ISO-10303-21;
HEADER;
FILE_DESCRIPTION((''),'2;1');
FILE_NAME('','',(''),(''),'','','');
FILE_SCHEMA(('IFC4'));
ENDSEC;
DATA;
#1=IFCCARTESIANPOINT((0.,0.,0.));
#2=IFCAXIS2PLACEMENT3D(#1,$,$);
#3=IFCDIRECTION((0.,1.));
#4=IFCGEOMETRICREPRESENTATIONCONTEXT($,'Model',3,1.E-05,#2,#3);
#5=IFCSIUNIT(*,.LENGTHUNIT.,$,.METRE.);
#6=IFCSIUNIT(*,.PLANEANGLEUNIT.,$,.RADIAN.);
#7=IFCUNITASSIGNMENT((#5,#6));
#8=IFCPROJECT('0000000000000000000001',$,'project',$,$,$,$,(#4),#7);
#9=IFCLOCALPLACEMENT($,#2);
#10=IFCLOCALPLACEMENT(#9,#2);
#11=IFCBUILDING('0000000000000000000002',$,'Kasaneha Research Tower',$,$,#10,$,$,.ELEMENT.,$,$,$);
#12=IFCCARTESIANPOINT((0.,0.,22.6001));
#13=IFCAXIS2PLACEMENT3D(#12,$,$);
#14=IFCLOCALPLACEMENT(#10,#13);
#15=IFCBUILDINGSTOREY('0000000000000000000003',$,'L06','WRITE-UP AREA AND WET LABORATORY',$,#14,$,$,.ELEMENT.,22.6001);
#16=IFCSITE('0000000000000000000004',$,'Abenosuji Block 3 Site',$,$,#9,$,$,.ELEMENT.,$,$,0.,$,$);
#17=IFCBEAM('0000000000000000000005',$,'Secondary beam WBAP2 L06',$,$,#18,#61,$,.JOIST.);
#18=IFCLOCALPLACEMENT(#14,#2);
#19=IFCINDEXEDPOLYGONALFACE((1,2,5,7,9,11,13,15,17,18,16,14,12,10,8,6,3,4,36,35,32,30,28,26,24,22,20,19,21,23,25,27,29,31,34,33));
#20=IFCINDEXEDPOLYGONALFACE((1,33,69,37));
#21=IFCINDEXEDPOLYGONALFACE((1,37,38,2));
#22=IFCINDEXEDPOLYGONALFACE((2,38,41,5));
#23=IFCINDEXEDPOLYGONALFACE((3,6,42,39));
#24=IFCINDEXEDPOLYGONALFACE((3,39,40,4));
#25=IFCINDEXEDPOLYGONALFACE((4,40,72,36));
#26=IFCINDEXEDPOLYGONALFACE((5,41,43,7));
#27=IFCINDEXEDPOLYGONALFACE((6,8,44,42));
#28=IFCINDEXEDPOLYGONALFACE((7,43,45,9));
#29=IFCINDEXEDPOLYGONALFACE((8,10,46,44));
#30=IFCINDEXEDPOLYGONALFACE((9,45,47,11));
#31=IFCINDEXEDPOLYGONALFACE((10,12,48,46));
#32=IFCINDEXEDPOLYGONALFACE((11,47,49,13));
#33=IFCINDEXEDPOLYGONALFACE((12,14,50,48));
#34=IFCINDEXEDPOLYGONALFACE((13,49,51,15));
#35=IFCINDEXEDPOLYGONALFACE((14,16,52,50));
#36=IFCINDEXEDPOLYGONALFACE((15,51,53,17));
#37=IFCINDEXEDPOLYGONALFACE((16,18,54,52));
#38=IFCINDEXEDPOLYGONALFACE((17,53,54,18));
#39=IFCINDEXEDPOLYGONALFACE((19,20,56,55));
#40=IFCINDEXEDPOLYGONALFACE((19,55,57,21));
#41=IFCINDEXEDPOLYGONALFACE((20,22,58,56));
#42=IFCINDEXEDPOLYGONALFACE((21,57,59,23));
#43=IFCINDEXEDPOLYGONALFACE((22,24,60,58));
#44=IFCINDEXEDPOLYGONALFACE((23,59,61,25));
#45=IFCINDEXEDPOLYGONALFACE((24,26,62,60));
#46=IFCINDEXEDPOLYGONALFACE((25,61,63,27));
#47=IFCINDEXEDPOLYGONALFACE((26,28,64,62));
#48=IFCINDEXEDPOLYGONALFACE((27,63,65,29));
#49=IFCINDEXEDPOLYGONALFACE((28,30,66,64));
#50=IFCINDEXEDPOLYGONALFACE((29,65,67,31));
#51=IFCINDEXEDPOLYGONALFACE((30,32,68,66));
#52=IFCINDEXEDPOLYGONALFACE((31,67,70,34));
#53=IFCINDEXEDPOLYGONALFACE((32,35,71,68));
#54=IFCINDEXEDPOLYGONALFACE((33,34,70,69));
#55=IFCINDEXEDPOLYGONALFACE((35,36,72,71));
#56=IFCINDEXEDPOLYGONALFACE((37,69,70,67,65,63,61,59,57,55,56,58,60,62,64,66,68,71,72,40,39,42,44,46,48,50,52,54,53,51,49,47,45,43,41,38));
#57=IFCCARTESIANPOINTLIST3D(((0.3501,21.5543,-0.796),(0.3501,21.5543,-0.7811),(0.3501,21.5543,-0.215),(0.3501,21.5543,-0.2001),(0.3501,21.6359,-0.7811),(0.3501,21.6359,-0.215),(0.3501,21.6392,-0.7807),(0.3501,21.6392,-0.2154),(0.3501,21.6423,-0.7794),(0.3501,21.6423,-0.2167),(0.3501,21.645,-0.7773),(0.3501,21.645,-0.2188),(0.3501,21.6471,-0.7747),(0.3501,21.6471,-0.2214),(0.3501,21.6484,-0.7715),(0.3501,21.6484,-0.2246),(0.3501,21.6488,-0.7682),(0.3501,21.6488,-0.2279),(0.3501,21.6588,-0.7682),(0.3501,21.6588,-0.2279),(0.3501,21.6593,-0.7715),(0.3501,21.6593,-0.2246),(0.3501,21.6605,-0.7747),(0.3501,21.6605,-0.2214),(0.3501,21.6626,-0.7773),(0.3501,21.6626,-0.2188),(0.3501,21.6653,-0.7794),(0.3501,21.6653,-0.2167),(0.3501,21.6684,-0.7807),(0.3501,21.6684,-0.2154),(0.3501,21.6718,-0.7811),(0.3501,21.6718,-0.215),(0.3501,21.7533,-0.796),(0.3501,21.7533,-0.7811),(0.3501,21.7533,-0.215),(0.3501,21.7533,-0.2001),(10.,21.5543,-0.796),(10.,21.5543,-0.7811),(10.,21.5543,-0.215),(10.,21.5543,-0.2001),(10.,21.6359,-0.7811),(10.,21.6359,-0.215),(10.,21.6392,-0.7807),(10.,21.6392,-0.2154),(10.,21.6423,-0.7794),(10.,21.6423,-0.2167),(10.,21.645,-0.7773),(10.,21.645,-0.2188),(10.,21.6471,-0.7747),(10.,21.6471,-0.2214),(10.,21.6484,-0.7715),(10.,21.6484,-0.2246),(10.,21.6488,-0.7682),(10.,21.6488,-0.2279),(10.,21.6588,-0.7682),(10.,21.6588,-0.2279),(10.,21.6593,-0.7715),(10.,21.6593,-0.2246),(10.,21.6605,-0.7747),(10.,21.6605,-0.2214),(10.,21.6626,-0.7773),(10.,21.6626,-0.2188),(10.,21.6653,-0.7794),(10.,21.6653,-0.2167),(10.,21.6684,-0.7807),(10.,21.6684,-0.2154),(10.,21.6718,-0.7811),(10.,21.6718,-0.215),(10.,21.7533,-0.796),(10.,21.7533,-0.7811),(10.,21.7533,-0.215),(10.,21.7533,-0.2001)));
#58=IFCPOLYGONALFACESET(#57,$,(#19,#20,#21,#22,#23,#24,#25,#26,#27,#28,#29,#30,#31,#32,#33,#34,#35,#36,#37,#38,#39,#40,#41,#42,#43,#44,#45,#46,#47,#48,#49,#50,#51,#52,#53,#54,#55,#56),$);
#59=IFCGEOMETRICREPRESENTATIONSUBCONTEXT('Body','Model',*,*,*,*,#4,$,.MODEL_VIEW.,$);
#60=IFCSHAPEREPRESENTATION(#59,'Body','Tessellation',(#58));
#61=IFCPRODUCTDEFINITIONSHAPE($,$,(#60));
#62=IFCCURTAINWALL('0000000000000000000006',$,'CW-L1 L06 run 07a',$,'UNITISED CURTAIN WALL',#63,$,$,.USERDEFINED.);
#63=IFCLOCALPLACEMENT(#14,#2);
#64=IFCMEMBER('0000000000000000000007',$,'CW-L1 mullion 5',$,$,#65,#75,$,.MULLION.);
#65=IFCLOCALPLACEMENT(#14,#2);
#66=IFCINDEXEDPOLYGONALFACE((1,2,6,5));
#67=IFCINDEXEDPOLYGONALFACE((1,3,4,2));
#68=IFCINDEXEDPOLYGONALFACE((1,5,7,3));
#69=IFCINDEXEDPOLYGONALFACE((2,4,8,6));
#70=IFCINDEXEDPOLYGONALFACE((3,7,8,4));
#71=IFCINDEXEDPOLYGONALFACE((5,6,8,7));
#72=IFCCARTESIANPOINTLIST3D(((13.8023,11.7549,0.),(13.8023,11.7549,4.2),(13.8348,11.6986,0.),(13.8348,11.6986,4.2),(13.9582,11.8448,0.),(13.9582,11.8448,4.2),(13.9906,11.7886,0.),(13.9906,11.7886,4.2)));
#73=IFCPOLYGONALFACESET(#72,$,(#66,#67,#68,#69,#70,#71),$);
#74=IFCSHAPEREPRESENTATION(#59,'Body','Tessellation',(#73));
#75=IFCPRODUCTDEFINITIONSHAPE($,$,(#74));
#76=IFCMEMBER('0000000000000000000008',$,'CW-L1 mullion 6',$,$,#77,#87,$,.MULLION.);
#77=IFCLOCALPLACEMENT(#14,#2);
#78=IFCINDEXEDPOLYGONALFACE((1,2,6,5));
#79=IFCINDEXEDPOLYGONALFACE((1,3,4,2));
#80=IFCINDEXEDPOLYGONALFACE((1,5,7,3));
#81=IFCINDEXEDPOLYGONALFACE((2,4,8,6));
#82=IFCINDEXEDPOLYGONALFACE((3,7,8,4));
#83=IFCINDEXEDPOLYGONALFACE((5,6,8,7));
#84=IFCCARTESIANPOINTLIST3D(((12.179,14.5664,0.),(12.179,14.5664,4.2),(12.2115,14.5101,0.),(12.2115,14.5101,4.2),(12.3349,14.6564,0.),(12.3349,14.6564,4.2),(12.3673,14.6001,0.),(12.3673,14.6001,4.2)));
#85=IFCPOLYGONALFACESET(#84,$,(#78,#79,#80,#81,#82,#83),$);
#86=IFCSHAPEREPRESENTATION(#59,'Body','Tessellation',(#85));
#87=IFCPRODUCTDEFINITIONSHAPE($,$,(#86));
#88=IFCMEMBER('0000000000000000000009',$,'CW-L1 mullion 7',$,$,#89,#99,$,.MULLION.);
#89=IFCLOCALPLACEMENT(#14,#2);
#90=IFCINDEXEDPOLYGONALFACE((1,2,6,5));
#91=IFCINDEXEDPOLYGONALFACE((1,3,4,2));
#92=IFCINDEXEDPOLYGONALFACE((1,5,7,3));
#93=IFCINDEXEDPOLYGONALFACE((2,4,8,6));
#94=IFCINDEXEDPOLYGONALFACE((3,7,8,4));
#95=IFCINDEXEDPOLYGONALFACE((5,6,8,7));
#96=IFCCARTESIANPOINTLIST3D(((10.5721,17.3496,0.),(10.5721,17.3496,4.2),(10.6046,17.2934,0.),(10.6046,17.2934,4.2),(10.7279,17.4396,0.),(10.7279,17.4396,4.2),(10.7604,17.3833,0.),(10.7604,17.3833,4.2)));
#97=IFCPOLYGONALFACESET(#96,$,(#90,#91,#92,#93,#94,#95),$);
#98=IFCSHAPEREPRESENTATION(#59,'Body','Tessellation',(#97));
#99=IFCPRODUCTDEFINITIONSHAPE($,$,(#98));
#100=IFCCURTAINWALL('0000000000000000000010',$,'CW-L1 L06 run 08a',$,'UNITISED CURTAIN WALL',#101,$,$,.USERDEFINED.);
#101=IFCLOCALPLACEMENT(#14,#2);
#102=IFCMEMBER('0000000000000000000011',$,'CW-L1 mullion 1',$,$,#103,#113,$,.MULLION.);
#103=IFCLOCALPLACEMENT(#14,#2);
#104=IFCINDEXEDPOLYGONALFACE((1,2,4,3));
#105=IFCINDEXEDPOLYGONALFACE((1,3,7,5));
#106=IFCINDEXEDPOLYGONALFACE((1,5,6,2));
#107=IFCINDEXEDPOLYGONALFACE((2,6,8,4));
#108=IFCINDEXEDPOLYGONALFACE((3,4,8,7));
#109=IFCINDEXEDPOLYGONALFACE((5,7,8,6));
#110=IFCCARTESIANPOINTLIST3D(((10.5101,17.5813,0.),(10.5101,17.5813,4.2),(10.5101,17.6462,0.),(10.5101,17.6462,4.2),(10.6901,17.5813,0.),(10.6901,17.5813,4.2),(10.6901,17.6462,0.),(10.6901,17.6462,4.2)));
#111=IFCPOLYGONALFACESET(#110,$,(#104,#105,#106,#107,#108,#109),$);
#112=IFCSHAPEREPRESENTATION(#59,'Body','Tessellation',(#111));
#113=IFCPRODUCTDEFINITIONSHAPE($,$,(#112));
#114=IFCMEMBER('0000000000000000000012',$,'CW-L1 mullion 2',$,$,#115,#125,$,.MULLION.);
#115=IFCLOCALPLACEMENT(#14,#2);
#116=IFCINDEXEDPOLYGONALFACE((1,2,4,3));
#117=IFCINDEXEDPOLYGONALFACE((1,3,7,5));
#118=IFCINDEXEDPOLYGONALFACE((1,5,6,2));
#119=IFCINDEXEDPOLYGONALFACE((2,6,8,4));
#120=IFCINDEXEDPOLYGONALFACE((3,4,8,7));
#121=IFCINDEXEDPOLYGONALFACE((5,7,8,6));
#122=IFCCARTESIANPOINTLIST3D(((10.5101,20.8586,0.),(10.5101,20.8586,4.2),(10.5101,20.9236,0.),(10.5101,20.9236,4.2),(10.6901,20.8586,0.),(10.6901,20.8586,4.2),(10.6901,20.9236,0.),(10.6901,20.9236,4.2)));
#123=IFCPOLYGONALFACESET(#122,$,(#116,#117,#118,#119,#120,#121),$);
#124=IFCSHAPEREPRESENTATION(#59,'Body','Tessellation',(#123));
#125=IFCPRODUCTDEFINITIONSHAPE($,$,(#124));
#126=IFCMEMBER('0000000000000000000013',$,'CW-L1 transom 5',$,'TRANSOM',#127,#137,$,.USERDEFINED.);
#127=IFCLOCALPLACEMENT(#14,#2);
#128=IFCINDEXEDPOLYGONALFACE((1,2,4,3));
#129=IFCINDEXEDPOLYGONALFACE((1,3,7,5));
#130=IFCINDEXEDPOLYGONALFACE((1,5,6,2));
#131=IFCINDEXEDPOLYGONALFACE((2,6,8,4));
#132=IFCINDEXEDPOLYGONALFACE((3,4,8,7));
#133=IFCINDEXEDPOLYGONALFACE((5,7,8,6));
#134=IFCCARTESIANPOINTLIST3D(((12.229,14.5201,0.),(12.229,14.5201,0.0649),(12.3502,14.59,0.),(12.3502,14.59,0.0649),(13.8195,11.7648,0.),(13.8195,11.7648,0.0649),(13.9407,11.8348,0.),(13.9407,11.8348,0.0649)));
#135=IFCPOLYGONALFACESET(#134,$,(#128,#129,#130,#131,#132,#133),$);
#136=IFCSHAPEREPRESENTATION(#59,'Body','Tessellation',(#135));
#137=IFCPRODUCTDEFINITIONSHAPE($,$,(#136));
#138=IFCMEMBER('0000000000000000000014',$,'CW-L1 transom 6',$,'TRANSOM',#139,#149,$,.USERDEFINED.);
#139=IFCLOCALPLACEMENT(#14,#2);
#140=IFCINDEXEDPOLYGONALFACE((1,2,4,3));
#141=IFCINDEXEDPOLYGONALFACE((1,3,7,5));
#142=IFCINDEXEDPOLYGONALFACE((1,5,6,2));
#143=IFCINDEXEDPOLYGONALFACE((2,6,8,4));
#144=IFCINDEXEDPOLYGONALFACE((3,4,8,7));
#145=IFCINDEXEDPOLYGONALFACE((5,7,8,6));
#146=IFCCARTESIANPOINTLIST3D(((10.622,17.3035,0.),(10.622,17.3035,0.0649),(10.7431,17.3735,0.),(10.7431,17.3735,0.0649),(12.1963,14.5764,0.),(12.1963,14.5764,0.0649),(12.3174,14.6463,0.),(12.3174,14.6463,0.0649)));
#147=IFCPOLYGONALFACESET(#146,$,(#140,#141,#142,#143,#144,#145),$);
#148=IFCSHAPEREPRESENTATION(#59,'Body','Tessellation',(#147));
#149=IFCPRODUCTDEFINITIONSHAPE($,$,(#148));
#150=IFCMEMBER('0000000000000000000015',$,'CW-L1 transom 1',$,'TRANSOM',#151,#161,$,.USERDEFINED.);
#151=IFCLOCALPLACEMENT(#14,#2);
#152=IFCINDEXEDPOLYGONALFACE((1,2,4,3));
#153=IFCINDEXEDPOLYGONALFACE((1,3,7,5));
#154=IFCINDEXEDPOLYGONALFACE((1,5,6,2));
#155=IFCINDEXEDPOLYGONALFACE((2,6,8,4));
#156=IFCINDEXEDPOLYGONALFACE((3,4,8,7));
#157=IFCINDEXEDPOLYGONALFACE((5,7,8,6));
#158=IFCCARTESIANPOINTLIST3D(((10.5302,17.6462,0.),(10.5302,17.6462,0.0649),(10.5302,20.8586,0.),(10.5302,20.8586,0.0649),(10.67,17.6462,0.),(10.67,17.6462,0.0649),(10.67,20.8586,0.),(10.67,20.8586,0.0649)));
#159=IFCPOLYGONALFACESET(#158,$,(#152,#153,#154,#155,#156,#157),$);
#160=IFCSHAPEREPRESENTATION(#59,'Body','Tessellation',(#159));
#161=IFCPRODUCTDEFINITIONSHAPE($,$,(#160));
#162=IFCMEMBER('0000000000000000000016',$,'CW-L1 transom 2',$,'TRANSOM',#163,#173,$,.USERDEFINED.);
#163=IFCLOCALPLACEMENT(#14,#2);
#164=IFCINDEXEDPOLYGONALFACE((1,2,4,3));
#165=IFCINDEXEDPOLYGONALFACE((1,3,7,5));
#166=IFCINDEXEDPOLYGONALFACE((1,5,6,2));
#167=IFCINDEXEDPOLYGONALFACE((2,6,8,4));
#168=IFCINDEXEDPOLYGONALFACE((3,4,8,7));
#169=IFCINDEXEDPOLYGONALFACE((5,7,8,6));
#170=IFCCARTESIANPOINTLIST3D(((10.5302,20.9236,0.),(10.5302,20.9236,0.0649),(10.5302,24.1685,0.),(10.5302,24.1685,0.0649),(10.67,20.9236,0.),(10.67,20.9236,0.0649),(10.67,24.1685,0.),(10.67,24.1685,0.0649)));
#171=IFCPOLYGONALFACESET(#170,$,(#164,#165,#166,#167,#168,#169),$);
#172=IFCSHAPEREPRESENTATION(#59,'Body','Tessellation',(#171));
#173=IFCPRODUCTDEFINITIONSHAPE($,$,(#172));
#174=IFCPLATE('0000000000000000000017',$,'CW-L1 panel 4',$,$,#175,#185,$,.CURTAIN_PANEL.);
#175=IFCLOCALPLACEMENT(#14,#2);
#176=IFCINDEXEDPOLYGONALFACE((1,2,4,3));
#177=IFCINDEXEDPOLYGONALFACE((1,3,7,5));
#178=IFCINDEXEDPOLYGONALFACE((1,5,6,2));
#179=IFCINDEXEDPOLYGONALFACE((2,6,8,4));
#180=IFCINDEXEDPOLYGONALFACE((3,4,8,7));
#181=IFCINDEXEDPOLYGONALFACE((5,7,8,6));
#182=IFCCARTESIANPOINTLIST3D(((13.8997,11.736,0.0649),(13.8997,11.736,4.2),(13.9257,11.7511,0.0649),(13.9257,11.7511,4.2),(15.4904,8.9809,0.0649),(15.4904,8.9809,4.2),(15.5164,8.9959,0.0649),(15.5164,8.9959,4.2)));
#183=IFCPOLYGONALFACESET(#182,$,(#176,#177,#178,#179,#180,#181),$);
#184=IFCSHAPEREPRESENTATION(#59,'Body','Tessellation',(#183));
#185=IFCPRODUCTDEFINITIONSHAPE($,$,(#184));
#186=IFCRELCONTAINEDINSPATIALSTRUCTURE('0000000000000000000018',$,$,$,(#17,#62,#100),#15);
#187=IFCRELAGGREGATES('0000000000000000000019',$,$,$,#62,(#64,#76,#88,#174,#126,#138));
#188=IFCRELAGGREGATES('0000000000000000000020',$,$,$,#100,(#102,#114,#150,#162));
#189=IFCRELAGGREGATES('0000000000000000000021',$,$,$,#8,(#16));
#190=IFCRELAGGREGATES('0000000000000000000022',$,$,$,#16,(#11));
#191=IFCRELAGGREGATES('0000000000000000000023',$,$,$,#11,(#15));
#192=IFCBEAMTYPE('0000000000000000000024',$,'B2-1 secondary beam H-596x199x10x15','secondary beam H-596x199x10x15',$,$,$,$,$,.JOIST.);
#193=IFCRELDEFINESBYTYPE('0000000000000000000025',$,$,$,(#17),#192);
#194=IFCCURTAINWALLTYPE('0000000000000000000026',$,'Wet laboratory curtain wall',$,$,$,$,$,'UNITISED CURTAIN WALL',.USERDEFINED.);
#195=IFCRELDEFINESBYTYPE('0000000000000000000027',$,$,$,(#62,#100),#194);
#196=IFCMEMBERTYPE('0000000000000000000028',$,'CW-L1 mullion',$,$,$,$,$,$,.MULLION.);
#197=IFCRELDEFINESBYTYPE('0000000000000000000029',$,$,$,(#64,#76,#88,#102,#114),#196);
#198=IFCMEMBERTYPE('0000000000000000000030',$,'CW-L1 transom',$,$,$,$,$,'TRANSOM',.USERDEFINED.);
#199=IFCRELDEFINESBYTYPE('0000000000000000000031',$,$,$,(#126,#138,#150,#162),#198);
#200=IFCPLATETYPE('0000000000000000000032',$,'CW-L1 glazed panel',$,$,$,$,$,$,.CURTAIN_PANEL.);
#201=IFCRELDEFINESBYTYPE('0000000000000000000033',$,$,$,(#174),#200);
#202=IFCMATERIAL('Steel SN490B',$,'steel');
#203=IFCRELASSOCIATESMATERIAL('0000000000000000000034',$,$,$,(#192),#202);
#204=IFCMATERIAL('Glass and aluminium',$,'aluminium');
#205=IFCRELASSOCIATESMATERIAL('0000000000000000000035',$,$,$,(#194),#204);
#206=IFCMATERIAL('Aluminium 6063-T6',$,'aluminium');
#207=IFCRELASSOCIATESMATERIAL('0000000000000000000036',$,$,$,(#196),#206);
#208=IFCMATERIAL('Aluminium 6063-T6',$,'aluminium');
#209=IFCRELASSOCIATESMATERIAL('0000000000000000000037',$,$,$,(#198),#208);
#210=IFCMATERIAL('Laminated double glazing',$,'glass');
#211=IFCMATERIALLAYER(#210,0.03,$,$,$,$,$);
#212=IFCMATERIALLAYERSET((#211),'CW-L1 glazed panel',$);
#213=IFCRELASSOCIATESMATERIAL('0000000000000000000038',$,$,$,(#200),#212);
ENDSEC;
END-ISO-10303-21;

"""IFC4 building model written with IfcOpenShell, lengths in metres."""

from ifc_helpers import new_model, si_unit, direction, frame, origin, origin_2d, place, context, subcontext, project, spatial, rectangle, i_section, extrude, material, layer, layer_set, material_profile, profile_set, type_object, element, aggregate, save


model = new_model("IFC4")

# Units and contexts
model_context = context("Model", 3, precision=1e-05, world=origin(), true_north=direction((0.0, 1.0)))
body_context = subcontext(model_context, "Body", "Model", "MODEL_VIEW")
ifc_project = project(units=[si_unit("LENGTHUNIT", "METRE"), si_unit("PLANEANGLEUNIT", "RADIAN")], contexts=[model_context])

# Site, building, storey
site_placement = place(None, origin())
site = spatial("IfcSite", under=ifc_project, at=site_placement, Name="Abenosuji Block 3 Site", CompositionType="ELEMENT", RefElevation=0.0)
building_placement = place(site_placement, origin())
building = spatial("IfcBuilding", under=site, at=building_placement, Name="Kasaneha Research Tower", CompositionType="ELEMENT")
storey_placement = place(building_placement, frame((0.0, 0.0, 22.6001)))
storey = spatial("IfcBuildingStorey", under=building, at=storey_placement, Name="L06", Description="WRITE-UP AREA AND WET LABORATORY", CompositionType="ELEMENT", Elevation=22.6001)

# Beam
ifc_material_1 = material(Name="Steel SN490B", Category="steel")
ifc_material_profile_1 = material_profile(ifc_material_1, i_section(OverallWidth=0.199, OverallDepth=0.5959, WebThickness=0.01, FlangeThickness=0.0149, FilletRadius=0.0129, at=origin_2d()), Name="H-596x199x10x15")
ifc_profile_set_1 = profile_set([ifc_material_profile_1], Name="Steel SN490B")
beam_type = type_object("IfcBeamType", Name="B2-1 secondary beam H-596x199x10x15", Description="secondary beam H-596x199x10x15", PredefinedType="JOIST", material=ifc_profile_set_1)
beam_placement = place(storey_placement, frame((10.0, 21.6538, -0.498), z_axis=(-1.0, 0.0, 0.0), x_axis=(0.0, -1.0, 0.0)))
element("IfcBeam", 1, at=beam_placement, inside=storey, type_object=beam_type, Name="Secondary beam WBAP2 L06", PredefinedType="JOIST", context=body_context, shape_type="SweptSolid", body=[
    extrude(i_section(OverallWidth=0.199, OverallDepth=0.5959, WebThickness=0.01, FlangeThickness=0.0149, FilletRadius=0.0129, at=origin_2d()), origin(), (0.0, 0.0, 1.0), 9.6499),
])

# Curtain walls, members
ifc_material_2 = material(Name="Glass and aluminium", Category="aluminium")
curtain_wall_type = type_object("IfcCurtainWallType", Name="Wet laboratory curtain wall", ElementType="UNITISED CURTAIN WALL", PredefinedType="USERDEFINED", material=ifc_material_2)
curtain_wall_1_placement = place(storey_placement, origin())
curtain_wall_1 = element("IfcCurtainWall", 2, at=curtain_wall_1_placement, inside=storey, type_object=curtain_wall_type, Name="CW-L1 L06 run 07a", ObjectType="UNITISED CURTAIN WALL", PredefinedType="USERDEFINED")
ifc_material_3 = material(Name="Aluminium 6063-T6", Category="aluminium")
ifc_material_profile_2 = material_profile(ifc_material_3, rectangle(XDim=0.0649, YDim=0.1799, at=origin_2d()), Name="CW-L1 mullion 65x180")
ifc_profile_set_2 = profile_set([ifc_material_profile_2], Name="Aluminium 6063-T6")
member_type_1 = type_object("IfcMemberType", Name="CW-L1 mullion", PredefinedType="MULLION", material=ifc_profile_set_2)
member_1_placement = place(storey_placement, frame((13.8965, 11.7717, 0.0), z_axis=(0.0, 0.0, 1.0), x_axis=(-0.5, 0.866025, 0.0)))
member_1 = element("IfcMember", 3, at=member_1_placement, type_object=member_type_1, Name="CW-L1 mullion 5", PredefinedType="MULLION", context=body_context, shape_type="SweptSolid", body=[
    extrude(rectangle(XDim=0.0649, YDim=0.1799, at=origin_2d()), origin(), (0.0, 0.0, 1.0), 4.2),
])
member_2_placement = place(storey_placement, frame((12.2732, 14.5833, 0.0), z_axis=(0.0, 0.0, 1.0), x_axis=(-0.5, 0.866025, 0.0)))
member_2 = element("IfcMember", 4, at=member_2_placement, type_object=member_type_1, Name="CW-L1 mullion 6", PredefinedType="MULLION", context=body_context, shape_type="SweptSolid", body=[
    extrude(rectangle(XDim=0.0649, YDim=0.1799, at=origin_2d()), origin(), (0.0, 0.0, 1.0), 4.2),
])
member_3_placement = place(storey_placement, frame((10.6663, 17.3665, 0.0), z_axis=(0.0, 0.0, 1.0), x_axis=(-0.5, 0.866025, 0.0)))
member_3 = element("IfcMember", 5, at=member_3_placement, type_object=member_type_1, Name="CW-L1 mullion 7", PredefinedType="MULLION", context=body_context, shape_type="SweptSolid", body=[
    extrude(rectangle(XDim=0.0649, YDim=0.1799, at=origin_2d()), origin(), (0.0, 0.0, 1.0), 4.2),
])
curtain_wall_2_placement = place(storey_placement, origin())
curtain_wall_2 = element("IfcCurtainWall", 6, at=curtain_wall_2_placement, inside=storey, type_object=curtain_wall_type, Name="CW-L1 L06 run 08a", ObjectType="UNITISED CURTAIN WALL", PredefinedType="USERDEFINED")
member_4_placement = place(storey_placement, frame((10.6001, 17.6138, 0.0), z_axis=(0.0, 0.0, 1.0), x_axis=(0.0, 1.0, 0.0)))
member_4 = element("IfcMember", 7, at=member_4_placement, type_object=member_type_1, Name="CW-L1 mullion 1", PredefinedType="MULLION", context=body_context, shape_type="SweptSolid", body=[
    extrude(rectangle(XDim=0.0649, YDim=0.1799, at=origin_2d()), origin(), (0.0, 0.0, 1.0), 4.2),
])
member_5_placement = place(storey_placement, frame((10.6001, 20.8911, 0.0), z_axis=(0.0, 0.0, 1.0), x_axis=(0.0, 1.0, 0.0)))
member_5 = element("IfcMember", 8, at=member_5_placement, type_object=member_type_1, Name="CW-L1 mullion 2", PredefinedType="MULLION", context=body_context, shape_type="SweptSolid", body=[
    extrude(rectangle(XDim=0.0649, YDim=0.1799, at=origin_2d()), origin(), (0.0, 0.0, 1.0), 4.2),
])

# Members
ifc_material_4 = material(Name="Aluminium 6063-T6", Category="aluminium")
ifc_material_profile_3 = material_profile(ifc_material_4, rectangle(XDim=0.1399, YDim=0.0649, at=origin_2d()), Name="CW-L1 transom 140x65")
ifc_profile_set_3 = profile_set([ifc_material_profile_3], Name="Aluminium 6063-T6")
member_type_2 = type_object("IfcMemberType", Name="CW-L1 transom", ElementType="TRANSOM", PredefinedType="USERDEFINED", material=ifc_profile_set_3)
member_6_placement = place(storey_placement, frame((13.8801, 11.7998, 0.0325), z_axis=(-0.499944, 0.866058, 0.0), x_axis=(-0.866058, -0.499944, 0.0)))
member_6 = element("IfcMember", 9, at=member_6_placement, type_object=member_type_2, Name="CW-L1 transom 5", ObjectType="TRANSOM", PredefinedType="USERDEFINED", context=body_context, shape_type="SweptSolid", body=[
    extrude(rectangle(XDim=0.1399, YDim=0.0649, at=origin_2d()), origin(), (0.0, 0.0, 1.0), 3.1814),
])
member_7_placement = place(storey_placement, frame((12.2568, 14.6113, 0.0325), z_axis=(-0.499942, 0.866059, 0.0), x_axis=(-0.866059, -0.499942, 0.0)))
member_7 = element("IfcMember", 10, at=member_7_placement, type_object=member_type_2, Name="CW-L1 transom 6", ObjectType="TRANSOM", PredefinedType="USERDEFINED", context=body_context, shape_type="SweptSolid", body=[
    extrude(rectangle(XDim=0.1399, YDim=0.0649, at=origin_2d()), origin(), (0.0, 0.0, 1.0), 3.1489),
])
member_8_placement = place(storey_placement, frame((10.6001, 17.6462, 0.0325), z_axis=(0.0, 1.0, 0.0), x_axis=(-1.0, 0.0, 0.0)))
member_8 = element("IfcMember", 11, at=member_8_placement, type_object=member_type_2, Name="CW-L1 transom 1", ObjectType="TRANSOM", PredefinedType="USERDEFINED", context=body_context, shape_type="SweptSolid", body=[
    extrude(rectangle(XDim=0.1399, YDim=0.0649, at=origin_2d()), origin(), (0.0, 0.0, 1.0), 3.2124),
])
member_9_placement = place(storey_placement, frame((10.6001, 20.9236, 0.0325), z_axis=(0.0, 1.0, 0.0), x_axis=(-1.0, 0.0, 0.0)))
member_9 = element("IfcMember", 12, at=member_9_placement, type_object=member_type_2, Name="CW-L1 transom 2", ObjectType="TRANSOM", PredefinedType="USERDEFINED", context=body_context, shape_type="SweptSolid", body=[
    extrude(rectangle(XDim=0.1399, YDim=0.0649, at=origin_2d()), origin(), (0.0, 0.0, 1.0), 3.2449),
])

# Plate
ifc_material_5 = material(Name="Laminated double glazing", Category="glass")
ifc_layer = layer(ifc_material_5, 0.03)
ifc_layer_set = layer_set([ifc_layer], Name="CW-L1 glazed panel")
plate_type = type_object("IfcPlateType", Name="CW-L1 glazed panel", PredefinedType="CURTAIN_PANEL", material=ifc_layer_set)
plate_1_placement = place(storey_placement, frame((14.708, 10.366, 0.0649), z_axis=(0.0, 0.0, 1.0), x_axis=(-0.5, 0.866025, 0.0)))
plate_1 = element("IfcPlate", 13, at=plate_1_placement, type_object=plate_type, Name="CW-L1 panel 4", PredefinedType="CURTAIN_PANEL", context=body_context, shape_type="SweptSolid", body=[
    extrude(rectangle(XDim=3.1814, YDim=0.03, at=origin_2d()), origin(), (0.0, 0.0, 1.0), 4.135),
])
aggregate(curtain_wall_1, [member_1, member_2, member_3, plate_1, member_6, member_7])
aggregate(curtain_wall_2, [member_4, member_5, member_8, member_9])

save(model, "model.ifc")
